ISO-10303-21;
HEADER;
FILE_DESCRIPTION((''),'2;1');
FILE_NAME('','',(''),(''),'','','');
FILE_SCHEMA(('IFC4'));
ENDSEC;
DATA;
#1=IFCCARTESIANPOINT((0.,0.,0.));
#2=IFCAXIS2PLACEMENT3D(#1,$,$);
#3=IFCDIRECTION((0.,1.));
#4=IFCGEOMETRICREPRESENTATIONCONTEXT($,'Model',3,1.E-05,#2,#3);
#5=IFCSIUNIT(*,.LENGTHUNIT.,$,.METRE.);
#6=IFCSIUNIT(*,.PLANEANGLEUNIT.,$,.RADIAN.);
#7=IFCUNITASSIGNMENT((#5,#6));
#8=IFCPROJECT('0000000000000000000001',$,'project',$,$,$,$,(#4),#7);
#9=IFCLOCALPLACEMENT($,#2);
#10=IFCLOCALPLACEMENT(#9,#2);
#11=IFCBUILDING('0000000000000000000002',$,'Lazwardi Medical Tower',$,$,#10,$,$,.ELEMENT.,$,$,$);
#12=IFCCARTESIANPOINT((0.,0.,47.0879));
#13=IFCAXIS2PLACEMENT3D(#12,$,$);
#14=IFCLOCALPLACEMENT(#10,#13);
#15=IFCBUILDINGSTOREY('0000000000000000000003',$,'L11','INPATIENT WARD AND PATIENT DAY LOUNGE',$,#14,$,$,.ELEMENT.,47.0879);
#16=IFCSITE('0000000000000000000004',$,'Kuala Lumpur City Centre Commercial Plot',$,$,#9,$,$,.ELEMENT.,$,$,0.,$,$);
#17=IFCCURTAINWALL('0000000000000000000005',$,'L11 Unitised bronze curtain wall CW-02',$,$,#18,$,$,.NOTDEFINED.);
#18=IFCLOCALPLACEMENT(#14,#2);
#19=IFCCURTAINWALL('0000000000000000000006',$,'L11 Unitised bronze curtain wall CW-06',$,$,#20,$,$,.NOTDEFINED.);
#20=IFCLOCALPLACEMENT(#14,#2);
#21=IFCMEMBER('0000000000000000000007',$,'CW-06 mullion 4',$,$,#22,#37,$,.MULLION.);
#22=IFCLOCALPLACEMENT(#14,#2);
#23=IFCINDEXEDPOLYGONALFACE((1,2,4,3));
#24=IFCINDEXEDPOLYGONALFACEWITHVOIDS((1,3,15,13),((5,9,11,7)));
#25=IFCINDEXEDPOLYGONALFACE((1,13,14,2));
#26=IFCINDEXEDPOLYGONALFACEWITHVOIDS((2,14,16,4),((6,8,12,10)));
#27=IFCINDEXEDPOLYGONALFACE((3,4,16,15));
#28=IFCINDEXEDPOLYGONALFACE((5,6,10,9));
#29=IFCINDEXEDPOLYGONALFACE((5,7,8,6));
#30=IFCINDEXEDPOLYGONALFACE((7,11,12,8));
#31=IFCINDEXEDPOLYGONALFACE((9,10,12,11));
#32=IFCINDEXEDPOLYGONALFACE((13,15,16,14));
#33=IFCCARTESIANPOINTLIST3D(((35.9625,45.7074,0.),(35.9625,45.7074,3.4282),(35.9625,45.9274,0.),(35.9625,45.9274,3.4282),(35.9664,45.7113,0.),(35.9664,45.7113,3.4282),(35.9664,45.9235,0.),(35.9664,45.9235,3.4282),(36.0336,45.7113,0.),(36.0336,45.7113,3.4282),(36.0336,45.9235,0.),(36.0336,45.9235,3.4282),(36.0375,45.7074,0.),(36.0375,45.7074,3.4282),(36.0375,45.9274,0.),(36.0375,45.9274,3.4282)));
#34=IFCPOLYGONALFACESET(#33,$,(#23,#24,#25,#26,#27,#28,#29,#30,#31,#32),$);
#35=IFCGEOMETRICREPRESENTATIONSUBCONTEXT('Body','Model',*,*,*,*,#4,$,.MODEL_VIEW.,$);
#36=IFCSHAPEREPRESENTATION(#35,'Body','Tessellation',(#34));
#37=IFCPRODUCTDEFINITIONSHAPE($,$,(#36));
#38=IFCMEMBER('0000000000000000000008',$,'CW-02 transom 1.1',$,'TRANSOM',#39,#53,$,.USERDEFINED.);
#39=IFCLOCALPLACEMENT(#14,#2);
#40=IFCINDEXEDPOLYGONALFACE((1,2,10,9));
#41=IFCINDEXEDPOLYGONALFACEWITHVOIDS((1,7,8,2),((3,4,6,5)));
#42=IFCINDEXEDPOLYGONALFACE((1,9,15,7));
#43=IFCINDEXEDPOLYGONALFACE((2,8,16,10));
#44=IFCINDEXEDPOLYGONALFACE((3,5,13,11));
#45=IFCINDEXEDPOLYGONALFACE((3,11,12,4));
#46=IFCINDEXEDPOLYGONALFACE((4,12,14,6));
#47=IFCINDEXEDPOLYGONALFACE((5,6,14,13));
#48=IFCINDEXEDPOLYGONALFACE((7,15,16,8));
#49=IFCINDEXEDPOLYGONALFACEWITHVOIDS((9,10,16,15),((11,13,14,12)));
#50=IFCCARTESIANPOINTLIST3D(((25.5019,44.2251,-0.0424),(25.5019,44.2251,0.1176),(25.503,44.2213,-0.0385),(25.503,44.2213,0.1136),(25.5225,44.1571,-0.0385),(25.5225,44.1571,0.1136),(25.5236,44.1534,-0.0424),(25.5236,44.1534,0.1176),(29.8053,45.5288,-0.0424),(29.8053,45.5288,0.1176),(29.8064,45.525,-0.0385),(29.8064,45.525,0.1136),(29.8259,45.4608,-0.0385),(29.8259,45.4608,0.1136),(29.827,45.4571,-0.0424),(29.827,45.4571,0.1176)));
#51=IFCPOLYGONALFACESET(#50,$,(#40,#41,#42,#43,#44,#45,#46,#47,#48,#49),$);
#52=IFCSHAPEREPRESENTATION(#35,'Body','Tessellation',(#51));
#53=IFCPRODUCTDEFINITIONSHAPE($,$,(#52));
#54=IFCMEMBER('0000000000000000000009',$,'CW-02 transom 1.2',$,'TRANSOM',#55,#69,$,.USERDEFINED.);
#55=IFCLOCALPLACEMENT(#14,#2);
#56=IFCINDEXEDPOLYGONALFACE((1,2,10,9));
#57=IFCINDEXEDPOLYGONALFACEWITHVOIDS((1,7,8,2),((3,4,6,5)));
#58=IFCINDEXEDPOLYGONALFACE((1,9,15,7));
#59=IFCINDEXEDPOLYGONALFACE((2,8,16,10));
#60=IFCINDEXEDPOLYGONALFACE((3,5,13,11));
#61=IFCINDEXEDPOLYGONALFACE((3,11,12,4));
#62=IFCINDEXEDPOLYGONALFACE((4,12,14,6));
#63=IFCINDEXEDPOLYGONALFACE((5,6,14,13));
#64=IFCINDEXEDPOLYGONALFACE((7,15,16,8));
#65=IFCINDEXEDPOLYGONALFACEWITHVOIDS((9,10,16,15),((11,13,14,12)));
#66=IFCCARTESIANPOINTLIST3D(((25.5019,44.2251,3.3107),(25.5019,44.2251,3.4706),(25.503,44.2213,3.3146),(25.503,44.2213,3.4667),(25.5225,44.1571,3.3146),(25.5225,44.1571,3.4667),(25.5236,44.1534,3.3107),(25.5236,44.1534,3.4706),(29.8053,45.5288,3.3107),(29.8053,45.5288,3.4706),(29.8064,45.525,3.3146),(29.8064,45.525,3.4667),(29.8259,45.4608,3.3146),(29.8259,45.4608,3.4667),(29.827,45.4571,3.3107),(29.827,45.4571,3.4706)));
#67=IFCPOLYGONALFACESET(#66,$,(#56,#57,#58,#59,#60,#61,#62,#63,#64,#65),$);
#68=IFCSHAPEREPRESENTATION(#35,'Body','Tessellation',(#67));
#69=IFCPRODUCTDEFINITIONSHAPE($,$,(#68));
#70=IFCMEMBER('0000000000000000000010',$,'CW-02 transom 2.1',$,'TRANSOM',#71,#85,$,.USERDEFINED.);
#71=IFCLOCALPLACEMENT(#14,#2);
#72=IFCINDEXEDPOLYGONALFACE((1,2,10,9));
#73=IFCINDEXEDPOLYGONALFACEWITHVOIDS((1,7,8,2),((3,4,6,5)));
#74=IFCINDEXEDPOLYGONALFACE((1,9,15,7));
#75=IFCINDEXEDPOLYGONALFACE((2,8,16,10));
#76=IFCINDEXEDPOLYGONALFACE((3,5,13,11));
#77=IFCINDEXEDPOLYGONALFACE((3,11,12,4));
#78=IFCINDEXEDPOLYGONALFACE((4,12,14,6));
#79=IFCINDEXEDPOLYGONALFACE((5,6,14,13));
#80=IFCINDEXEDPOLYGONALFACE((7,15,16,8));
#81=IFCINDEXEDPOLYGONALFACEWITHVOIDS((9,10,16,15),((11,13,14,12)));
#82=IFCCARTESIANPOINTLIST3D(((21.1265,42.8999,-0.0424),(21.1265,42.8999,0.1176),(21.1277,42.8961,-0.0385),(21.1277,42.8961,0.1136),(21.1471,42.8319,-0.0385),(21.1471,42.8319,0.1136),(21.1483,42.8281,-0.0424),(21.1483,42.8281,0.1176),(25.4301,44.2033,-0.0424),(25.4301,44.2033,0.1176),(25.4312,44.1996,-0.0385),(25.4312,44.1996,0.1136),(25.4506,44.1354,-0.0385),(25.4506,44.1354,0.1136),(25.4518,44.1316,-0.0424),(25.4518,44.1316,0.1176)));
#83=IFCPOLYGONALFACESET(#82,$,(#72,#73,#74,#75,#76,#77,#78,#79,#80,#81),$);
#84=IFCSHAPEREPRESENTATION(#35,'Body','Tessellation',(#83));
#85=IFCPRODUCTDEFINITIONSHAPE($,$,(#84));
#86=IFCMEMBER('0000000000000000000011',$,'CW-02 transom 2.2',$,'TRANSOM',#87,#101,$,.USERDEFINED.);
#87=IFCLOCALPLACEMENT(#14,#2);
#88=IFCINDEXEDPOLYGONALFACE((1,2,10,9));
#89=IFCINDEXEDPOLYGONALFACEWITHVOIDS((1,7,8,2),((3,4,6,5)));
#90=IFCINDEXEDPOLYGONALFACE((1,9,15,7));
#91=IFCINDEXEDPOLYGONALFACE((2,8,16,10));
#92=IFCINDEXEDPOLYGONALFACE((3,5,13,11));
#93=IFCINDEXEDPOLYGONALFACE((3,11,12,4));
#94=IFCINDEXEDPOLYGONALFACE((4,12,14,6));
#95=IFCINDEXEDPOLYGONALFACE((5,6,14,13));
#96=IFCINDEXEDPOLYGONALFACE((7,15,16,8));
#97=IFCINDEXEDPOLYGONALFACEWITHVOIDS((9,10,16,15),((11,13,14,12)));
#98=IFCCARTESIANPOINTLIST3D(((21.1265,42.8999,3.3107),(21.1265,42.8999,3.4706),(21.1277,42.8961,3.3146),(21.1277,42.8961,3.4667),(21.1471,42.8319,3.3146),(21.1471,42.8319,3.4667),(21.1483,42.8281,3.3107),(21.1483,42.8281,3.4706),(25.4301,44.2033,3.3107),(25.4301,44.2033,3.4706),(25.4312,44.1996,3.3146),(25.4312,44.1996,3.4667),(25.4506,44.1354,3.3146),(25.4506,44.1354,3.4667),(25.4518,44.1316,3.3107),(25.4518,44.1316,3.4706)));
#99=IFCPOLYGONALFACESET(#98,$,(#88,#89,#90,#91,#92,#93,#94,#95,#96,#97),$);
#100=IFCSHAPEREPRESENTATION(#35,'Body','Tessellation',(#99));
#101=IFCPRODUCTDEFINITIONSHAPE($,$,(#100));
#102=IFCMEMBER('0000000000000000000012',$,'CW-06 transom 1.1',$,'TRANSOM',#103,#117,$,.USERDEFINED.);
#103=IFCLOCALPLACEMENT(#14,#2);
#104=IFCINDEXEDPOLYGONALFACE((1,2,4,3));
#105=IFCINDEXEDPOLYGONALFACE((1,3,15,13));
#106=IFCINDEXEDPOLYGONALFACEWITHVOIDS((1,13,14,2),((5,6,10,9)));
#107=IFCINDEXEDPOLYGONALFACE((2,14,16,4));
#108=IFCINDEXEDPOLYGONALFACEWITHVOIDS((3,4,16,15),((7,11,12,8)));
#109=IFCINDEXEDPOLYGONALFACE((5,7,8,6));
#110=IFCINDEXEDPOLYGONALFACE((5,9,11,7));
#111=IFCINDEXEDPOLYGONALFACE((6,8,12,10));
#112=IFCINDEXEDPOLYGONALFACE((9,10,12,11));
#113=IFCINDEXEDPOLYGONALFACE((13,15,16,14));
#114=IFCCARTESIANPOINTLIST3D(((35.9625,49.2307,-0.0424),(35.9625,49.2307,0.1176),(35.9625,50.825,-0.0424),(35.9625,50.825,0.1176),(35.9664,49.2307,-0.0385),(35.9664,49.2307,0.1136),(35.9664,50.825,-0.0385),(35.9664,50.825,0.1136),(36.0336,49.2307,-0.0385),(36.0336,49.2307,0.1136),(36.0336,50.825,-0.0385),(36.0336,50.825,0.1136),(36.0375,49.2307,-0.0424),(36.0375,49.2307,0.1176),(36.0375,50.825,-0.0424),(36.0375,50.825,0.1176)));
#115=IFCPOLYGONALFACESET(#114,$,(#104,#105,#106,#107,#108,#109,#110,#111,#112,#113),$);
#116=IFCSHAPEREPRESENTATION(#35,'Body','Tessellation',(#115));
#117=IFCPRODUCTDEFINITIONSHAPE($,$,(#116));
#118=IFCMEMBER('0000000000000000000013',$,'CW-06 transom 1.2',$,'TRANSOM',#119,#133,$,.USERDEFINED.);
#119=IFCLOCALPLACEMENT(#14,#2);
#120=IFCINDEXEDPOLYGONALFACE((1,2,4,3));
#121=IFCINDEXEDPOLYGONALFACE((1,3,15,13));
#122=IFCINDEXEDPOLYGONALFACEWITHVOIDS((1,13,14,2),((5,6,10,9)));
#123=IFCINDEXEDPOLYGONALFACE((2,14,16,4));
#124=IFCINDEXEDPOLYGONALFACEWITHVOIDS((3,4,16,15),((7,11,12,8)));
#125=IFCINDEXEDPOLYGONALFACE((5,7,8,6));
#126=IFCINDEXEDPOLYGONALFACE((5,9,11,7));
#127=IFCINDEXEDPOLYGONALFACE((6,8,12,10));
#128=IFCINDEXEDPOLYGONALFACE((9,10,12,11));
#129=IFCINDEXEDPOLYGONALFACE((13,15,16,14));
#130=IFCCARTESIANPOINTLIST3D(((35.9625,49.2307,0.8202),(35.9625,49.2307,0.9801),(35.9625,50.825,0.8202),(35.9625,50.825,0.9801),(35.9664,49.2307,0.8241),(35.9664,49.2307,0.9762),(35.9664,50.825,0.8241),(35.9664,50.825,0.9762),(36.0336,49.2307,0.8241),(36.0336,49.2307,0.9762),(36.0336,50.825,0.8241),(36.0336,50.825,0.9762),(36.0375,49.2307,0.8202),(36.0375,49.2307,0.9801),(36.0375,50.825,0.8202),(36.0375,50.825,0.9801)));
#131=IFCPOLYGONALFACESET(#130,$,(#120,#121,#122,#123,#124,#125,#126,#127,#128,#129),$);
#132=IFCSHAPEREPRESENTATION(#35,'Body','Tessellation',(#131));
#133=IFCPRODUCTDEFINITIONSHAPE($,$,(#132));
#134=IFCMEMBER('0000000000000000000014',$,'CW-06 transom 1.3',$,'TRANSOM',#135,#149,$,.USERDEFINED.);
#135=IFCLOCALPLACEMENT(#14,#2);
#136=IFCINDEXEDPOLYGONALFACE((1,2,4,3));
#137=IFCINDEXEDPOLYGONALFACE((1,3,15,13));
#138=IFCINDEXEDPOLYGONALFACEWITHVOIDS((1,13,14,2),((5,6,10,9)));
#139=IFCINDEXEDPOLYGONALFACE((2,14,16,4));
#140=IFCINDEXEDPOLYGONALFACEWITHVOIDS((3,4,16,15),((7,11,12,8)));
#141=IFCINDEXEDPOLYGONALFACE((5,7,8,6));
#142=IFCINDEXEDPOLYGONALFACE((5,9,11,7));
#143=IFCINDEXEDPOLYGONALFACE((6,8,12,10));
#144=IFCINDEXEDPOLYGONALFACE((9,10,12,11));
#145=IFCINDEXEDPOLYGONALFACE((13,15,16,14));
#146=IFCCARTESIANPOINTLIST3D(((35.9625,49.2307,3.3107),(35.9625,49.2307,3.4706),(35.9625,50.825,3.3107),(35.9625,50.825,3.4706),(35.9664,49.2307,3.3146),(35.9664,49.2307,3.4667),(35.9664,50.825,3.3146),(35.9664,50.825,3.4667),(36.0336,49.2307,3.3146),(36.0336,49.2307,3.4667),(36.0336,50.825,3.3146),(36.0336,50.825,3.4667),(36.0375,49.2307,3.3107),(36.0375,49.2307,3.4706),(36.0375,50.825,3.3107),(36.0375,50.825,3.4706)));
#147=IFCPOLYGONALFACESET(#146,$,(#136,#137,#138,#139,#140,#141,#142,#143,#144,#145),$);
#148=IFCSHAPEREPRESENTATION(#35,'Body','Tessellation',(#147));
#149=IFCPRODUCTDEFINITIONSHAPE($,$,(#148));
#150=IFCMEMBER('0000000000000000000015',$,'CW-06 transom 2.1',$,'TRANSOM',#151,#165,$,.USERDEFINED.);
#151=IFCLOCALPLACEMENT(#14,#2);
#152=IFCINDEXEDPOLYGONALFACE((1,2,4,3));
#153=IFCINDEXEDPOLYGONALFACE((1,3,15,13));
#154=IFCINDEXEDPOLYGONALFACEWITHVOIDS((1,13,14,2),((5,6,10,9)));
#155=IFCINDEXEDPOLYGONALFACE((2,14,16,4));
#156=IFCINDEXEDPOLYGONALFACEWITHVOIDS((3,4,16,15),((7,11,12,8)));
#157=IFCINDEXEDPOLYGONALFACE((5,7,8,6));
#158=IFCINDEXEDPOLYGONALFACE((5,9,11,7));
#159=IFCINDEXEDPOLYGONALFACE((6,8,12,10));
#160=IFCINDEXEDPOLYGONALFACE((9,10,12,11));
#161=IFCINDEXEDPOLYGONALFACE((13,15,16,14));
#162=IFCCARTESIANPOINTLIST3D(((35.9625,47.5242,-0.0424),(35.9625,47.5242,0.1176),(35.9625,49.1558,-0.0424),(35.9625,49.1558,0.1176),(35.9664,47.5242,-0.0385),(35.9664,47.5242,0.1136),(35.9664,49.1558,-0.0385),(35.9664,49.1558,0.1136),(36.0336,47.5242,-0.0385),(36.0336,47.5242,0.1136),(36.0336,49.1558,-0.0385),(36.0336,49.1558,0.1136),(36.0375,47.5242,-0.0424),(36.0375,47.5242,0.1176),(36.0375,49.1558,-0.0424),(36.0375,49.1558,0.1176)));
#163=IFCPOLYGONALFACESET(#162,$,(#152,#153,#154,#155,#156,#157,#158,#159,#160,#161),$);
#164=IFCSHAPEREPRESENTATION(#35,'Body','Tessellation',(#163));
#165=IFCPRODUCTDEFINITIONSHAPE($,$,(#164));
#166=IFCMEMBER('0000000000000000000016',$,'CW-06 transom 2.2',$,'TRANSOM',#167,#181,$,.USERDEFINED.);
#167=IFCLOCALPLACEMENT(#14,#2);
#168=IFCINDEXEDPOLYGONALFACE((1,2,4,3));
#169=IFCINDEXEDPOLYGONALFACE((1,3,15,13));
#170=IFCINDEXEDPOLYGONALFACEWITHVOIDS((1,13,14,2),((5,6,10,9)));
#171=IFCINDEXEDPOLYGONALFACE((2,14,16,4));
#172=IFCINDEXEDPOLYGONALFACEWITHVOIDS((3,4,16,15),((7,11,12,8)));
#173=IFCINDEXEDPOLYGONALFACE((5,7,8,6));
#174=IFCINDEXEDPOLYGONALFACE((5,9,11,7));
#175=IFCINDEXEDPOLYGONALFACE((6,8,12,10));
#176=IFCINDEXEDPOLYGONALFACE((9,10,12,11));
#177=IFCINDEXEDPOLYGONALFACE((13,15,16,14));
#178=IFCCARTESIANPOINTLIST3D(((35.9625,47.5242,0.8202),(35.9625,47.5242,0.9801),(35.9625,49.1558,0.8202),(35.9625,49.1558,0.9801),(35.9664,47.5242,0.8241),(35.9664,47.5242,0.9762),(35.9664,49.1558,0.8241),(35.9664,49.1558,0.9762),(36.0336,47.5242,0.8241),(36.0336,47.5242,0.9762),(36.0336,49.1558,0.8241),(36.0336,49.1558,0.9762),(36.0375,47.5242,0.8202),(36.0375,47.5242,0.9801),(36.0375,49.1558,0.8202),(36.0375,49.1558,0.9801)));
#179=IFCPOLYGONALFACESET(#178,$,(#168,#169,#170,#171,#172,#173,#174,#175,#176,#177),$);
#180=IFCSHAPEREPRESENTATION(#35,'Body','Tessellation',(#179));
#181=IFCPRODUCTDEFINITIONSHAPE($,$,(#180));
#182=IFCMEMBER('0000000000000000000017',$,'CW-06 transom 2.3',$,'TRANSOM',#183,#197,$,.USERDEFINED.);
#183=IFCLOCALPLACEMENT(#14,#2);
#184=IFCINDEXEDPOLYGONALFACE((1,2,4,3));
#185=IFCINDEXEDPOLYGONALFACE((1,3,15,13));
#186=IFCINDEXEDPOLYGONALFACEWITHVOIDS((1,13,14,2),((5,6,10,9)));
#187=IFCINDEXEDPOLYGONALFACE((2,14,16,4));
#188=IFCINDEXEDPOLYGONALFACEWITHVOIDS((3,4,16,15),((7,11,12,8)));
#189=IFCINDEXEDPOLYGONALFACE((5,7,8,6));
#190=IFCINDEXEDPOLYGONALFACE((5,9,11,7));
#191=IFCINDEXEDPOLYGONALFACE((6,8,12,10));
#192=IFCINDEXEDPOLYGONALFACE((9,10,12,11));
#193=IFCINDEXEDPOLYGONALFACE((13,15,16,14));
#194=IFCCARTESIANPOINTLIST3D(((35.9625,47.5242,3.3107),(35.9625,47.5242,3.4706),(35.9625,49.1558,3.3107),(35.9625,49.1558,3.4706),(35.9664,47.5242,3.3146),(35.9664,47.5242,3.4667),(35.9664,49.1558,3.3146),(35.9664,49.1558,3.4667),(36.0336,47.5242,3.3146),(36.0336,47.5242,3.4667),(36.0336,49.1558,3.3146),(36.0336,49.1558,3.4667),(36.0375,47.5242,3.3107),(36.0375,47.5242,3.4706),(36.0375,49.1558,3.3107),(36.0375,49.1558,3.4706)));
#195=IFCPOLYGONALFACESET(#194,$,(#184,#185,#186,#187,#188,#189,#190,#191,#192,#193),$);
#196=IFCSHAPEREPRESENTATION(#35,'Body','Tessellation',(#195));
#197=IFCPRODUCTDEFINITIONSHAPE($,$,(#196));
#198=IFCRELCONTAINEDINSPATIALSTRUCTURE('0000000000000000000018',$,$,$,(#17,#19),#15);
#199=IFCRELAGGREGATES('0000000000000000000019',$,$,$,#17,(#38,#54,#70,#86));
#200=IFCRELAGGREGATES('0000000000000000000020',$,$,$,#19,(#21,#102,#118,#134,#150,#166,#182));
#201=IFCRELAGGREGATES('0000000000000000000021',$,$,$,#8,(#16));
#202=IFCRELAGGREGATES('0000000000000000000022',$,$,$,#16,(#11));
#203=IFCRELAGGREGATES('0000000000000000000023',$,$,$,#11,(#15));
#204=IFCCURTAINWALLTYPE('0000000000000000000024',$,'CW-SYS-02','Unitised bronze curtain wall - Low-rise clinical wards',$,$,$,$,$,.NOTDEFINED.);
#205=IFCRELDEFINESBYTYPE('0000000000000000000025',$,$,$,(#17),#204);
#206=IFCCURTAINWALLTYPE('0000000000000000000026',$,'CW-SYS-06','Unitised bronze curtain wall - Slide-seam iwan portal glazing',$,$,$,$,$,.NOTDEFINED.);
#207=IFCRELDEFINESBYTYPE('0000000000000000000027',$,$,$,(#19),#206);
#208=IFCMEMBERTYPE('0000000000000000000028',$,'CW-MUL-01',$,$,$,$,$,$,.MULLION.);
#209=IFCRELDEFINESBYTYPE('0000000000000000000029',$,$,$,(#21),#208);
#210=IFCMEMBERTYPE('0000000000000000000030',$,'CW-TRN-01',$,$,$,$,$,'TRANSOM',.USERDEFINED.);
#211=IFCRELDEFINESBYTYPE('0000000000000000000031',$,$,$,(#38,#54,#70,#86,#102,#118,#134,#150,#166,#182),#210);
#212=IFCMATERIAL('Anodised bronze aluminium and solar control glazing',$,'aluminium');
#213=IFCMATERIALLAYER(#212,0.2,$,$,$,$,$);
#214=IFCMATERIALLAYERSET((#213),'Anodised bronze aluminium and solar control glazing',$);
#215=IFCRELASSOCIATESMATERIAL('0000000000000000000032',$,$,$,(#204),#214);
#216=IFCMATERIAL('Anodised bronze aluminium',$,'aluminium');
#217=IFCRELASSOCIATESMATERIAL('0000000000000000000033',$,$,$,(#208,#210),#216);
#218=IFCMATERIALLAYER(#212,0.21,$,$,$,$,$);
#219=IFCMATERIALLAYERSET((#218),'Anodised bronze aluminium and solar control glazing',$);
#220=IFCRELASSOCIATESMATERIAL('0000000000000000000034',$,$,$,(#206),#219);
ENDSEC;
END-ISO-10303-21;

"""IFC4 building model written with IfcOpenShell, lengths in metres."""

from ifc_helpers import new_model, si_unit, direction, frame, origin, origin_2d, place, context, subcontext, project, spatial, hollow_rectangle, extrude, material, layer, layer_set, material_profile, profile_set, type_object, element, aggregate, save


model = new_model("IFC4")

# Units and contexts
model_context = context("Model", 3, precision=1e-05, world=origin(), true_north=direction((0.0, 1.0)))
body_context = subcontext(model_context, "Body", "Model", "MODEL_VIEW")
ifc_project = project(units=[si_unit("LENGTHUNIT", "METRE"), si_unit("PLANEANGLEUNIT", "RADIAN")], contexts=[model_context])

# Site, building, storey
site_placement = place(None, origin())
site = spatial("IfcSite", under=ifc_project, at=site_placement, Name="Kuala Lumpur City Centre Commercial Plot", CompositionType="ELEMENT", RefElevation=0.0)
building_placement = place(site_placement, origin())
building = spatial("IfcBuilding", under=site, at=building_placement, Name="Lazwardi Medical Tower", CompositionType="ELEMENT")
storey_placement = place(building_placement, frame((0.0, 0.0, 47.0879)))
storey = spatial("IfcBuildingStorey", under=building, at=storey_placement, Name="L11", Description="INPATIENT WARD AND PATIENT DAY LOUNGE", CompositionType="ELEMENT", Elevation=47.0879)

# Curtain walls, member
ifc_material_1 = material(Name="Anodised bronze aluminium and solar control glazing", Category="aluminium")
ifc_layer_1 = layer(ifc_material_1, 0.2)
ifc_layer_set_1 = layer_set([ifc_layer_1], Name="Anodised bronze aluminium and solar control glazing")
curtain_wall_type_1 = type_object("IfcCurtainWallType", Name="CW-SYS-02", Description="Unitised bronze curtain wall - Low-rise clinical wards", PredefinedType="NOTDEFINED", material=ifc_layer_set_1)
curtain_wall_1_placement = place(storey_placement, origin())
curtain_wall_1 = element("IfcCurtainWall", 1, at=curtain_wall_1_placement, inside=storey, type_object=curtain_wall_type_1, Name="L11 Unitised bronze curtain wall CW-02", PredefinedType="NOTDEFINED")
ifc_material_2 = material(Name="Anodised bronze aluminium", Category="aluminium")
ifc_material_profile_1 = material_profile(ifc_material_2, hollow_rectangle(XDim=0.075, YDim=0.22, WallThickness=0.0039, at=origin_2d()), Name="ALU-MULLION 220x75x4")
ifc_profile_set_1 = profile_set([ifc_material_profile_1], Name="Anodised bronze aluminium")
member_type_1 = type_object("IfcMemberType", Name="CW-MUL-01", PredefinedType="MULLION", material=ifc_profile_set_1)
ifc_layer_2 = layer(ifc_material_1, 0.21)
ifc_layer_set_2 = layer_set([ifc_layer_2], Name="Anodised bronze aluminium and solar control glazing")
curtain_wall_type_2 = type_object("IfcCurtainWallType", Name="CW-SYS-06", Description="Unitised bronze curtain wall - Slide-seam iwan portal glazing", PredefinedType="NOTDEFINED", material=ifc_layer_set_2)
curtain_wall_2_placement = place(storey_placement, origin())
curtain_wall_2 = element("IfcCurtainWall", 2, at=curtain_wall_2_placement, inside=storey, type_object=curtain_wall_type_2, Name="L11 Unitised bronze curtain wall CW-06", PredefinedType="NOTDEFINED")
member_1_placement = place(storey_placement, frame((36.0, 45.8174, 0.0), z_axis=(0.0, 0.0, 1.0), x_axis=(1.0, 0.0, 0.0)))
member_1 = element("IfcMember", 3, at=member_1_placement, type_object=member_type_1, Name="CW-06 mullion 4", PredefinedType="MULLION", context=body_context, shape_type="SweptSolid", body=[
    extrude(hollow_rectangle(XDim=0.075, YDim=0.22, WallThickness=0.0039, at=origin_2d()), origin(), (0.0, 0.0, 1.0), 3.4282),
])

# Members
ifc_material_profile_2 = material_profile(ifc_material_2, hollow_rectangle(XDim=0.075, YDim=0.1599, WallThickness=0.0039, at=origin_2d()), Name="ALU-TRANSOM 160x75x4")
ifc_profile_set_2 = profile_set([ifc_material_profile_2], Name="Anodised bronze aluminium")
member_type_2 = type_object("IfcMemberType", Name="CW-TRN-01", ElementType="TRANSOM", PredefinedType="USERDEFINED", material=ifc_profile_set_2)
member_2_placement = place(storey_placement, frame((29.8162, 45.4929, 0.0376), z_axis=(-0.957047, -0.289932, 0.0), x_axis=(0.289932, -0.957047, 0.0)))
member_2 = element("IfcMember", 4, at=member_2_placement, type_object=member_type_2, Name="CW-02 transom 1.1", ObjectType="TRANSOM", PredefinedType="USERDEFINED", context=body_context, shape_type="SweptSolid", body=[
    extrude(hollow_rectangle(XDim=0.075, YDim=0.1599, WallThickness=0.0039, at=origin_2d()), origin(), (0.0, 0.0, 1.0), 4.4966),
])
member_3_placement = place(storey_placement, frame((29.8162, 45.4929, 3.3906), z_axis=(-0.957047, -0.289932, 0.0), x_axis=(0.289932, -0.957047, 0.0)))
member_3 = element("IfcMember", 5, at=member_3_placement, type_object=member_type_2, Name="CW-02 transom 1.2", ObjectType="TRANSOM", PredefinedType="USERDEFINED", context=body_context, shape_type="SweptSolid", body=[
    extrude(hollow_rectangle(XDim=0.075, YDim=0.1599, WallThickness=0.0039, at=origin_2d()), origin(), (0.0, 0.0, 1.0), 4.4966),
])
member_4_placement = place(storey_placement, frame((25.4409, 44.1675, 0.0376), z_axis=(-0.957062, -0.289882, 0.0), x_axis=(0.289882, -0.957062, 0.0)))
member_4 = element("IfcMember", 6, at=member_4_placement, type_object=member_type_2, Name="CW-02 transom 2.1", ObjectType="TRANSOM", PredefinedType="USERDEFINED", context=body_context, shape_type="SweptSolid", body=[
    extrude(hollow_rectangle(XDim=0.075, YDim=0.1599, WallThickness=0.0039, at=origin_2d()), origin(), (0.0, 0.0, 1.0), 4.4966),
])
member_5_placement = place(storey_placement, frame((25.4409, 44.1675, 3.3906), z_axis=(-0.957062, -0.289882, 0.0), x_axis=(0.289882, -0.957062, 0.0)))
member_5 = element("IfcMember", 7, at=member_5_placement, type_object=member_type_2, Name="CW-02 transom 2.2", ObjectType="TRANSOM", PredefinedType="USERDEFINED", context=body_context, shape_type="SweptSolid", body=[
    extrude(hollow_rectangle(XDim=0.075, YDim=0.1599, WallThickness=0.0039, at=origin_2d()), origin(), (0.0, 0.0, 1.0), 4.4966),
])
member_6_placement = place(storey_placement, frame((36.0, 50.825, 0.0376), z_axis=(0.0, -1.0, 0.0), x_axis=(1.0, 0.0, 0.0)))
member_6 = element("IfcMember", 8, at=member_6_placement, type_object=member_type_2, Name="CW-06 transom 1.1", ObjectType="TRANSOM", PredefinedType="USERDEFINED", context=body_context, shape_type="SweptSolid", body=[
    extrude(hollow_rectangle(XDim=0.075, YDim=0.1599, WallThickness=0.0039, at=origin_2d()), origin(), (0.0, 0.0, 1.0), 1.5942),
])
member_7_placement = place(storey_placement, frame((36.0, 50.825, 0.9001), z_axis=(0.0, -1.0, 0.0), x_axis=(1.0, 0.0, 0.0)))
member_7 = element("IfcMember", 9, at=member_7_placement, type_object=member_type_2, Name="CW-06 transom 1.2", ObjectType="TRANSOM", PredefinedType="USERDEFINED", context=body_context, shape_type="SweptSolid", body=[
    extrude(hollow_rectangle(XDim=0.075, YDim=0.1599, WallThickness=0.0039, at=origin_2d()), origin(), (0.0, 0.0, 1.0), 1.5942),
])
member_8_placement = place(storey_placement, frame((36.0, 50.825, 3.3906), z_axis=(0.0, -1.0, 0.0), x_axis=(1.0, 0.0, 0.0)))
member_8 = element("IfcMember", 10, at=member_8_placement, type_object=member_type_2, Name="CW-06 transom 1.3", ObjectType="TRANSOM", PredefinedType="USERDEFINED", context=body_context, shape_type="SweptSolid", body=[
    extrude(hollow_rectangle(XDim=0.075, YDim=0.1599, WallThickness=0.0039, at=origin_2d()), origin(), (0.0, 0.0, 1.0), 1.5942),
])
member_9_placement = place(storey_placement, frame((36.0, 49.1558, 0.0376), z_axis=(0.0, -1.0, 0.0), x_axis=(1.0, 0.0, 0.0)))
member_9 = element("IfcMember", 11, at=member_9_placement, type_object=member_type_2, Name="CW-06 transom 2.1", ObjectType="TRANSOM", PredefinedType="USERDEFINED", context=body_context, shape_type="SweptSolid", body=[
    extrude(hollow_rectangle(XDim=0.075, YDim=0.1599, WallThickness=0.0039, at=origin_2d()), origin(), (0.0, 0.0, 1.0), 1.6316),
])
member_10_placement = place(storey_placement, frame((36.0, 49.1558, 0.9001), z_axis=(0.0, -1.0, 0.0), x_axis=(1.0, 0.0, 0.0)))
member_10 = element("IfcMember", 12, at=member_10_placement, type_object=member_type_2, Name="CW-06 transom 2.2", ObjectType="TRANSOM", PredefinedType="USERDEFINED", context=body_context, shape_type="SweptSolid", body=[
    extrude(hollow_rectangle(XDim=0.075, YDim=0.1599, WallThickness=0.0039, at=origin_2d()), origin(), (0.0, 0.0, 1.0), 1.6316),
])
member_11_placement = place(storey_placement, frame((36.0, 49.1558, 3.3906), z_axis=(0.0, -1.0, 0.0), x_axis=(1.0, 0.0, 0.0)))
member_11 = element("IfcMember", 13, at=member_11_placement, type_object=member_type_2, Name="CW-06 transom 2.3", ObjectType="TRANSOM", PredefinedType="USERDEFINED", context=body_context, shape_type="SweptSolid", body=[
    extrude(hollow_rectangle(XDim=0.075, YDim=0.1599, WallThickness=0.0039, at=origin_2d()), origin(), (0.0, 0.0, 1.0), 1.6316),
])

aggregate(curtain_wall_1, [member_2, member_3, member_4, member_5])
aggregate(curtain_wall_2, [member_1, member_6, member_7, member_8, member_9, member_10, member_11])

save(model, "model.ifc")
